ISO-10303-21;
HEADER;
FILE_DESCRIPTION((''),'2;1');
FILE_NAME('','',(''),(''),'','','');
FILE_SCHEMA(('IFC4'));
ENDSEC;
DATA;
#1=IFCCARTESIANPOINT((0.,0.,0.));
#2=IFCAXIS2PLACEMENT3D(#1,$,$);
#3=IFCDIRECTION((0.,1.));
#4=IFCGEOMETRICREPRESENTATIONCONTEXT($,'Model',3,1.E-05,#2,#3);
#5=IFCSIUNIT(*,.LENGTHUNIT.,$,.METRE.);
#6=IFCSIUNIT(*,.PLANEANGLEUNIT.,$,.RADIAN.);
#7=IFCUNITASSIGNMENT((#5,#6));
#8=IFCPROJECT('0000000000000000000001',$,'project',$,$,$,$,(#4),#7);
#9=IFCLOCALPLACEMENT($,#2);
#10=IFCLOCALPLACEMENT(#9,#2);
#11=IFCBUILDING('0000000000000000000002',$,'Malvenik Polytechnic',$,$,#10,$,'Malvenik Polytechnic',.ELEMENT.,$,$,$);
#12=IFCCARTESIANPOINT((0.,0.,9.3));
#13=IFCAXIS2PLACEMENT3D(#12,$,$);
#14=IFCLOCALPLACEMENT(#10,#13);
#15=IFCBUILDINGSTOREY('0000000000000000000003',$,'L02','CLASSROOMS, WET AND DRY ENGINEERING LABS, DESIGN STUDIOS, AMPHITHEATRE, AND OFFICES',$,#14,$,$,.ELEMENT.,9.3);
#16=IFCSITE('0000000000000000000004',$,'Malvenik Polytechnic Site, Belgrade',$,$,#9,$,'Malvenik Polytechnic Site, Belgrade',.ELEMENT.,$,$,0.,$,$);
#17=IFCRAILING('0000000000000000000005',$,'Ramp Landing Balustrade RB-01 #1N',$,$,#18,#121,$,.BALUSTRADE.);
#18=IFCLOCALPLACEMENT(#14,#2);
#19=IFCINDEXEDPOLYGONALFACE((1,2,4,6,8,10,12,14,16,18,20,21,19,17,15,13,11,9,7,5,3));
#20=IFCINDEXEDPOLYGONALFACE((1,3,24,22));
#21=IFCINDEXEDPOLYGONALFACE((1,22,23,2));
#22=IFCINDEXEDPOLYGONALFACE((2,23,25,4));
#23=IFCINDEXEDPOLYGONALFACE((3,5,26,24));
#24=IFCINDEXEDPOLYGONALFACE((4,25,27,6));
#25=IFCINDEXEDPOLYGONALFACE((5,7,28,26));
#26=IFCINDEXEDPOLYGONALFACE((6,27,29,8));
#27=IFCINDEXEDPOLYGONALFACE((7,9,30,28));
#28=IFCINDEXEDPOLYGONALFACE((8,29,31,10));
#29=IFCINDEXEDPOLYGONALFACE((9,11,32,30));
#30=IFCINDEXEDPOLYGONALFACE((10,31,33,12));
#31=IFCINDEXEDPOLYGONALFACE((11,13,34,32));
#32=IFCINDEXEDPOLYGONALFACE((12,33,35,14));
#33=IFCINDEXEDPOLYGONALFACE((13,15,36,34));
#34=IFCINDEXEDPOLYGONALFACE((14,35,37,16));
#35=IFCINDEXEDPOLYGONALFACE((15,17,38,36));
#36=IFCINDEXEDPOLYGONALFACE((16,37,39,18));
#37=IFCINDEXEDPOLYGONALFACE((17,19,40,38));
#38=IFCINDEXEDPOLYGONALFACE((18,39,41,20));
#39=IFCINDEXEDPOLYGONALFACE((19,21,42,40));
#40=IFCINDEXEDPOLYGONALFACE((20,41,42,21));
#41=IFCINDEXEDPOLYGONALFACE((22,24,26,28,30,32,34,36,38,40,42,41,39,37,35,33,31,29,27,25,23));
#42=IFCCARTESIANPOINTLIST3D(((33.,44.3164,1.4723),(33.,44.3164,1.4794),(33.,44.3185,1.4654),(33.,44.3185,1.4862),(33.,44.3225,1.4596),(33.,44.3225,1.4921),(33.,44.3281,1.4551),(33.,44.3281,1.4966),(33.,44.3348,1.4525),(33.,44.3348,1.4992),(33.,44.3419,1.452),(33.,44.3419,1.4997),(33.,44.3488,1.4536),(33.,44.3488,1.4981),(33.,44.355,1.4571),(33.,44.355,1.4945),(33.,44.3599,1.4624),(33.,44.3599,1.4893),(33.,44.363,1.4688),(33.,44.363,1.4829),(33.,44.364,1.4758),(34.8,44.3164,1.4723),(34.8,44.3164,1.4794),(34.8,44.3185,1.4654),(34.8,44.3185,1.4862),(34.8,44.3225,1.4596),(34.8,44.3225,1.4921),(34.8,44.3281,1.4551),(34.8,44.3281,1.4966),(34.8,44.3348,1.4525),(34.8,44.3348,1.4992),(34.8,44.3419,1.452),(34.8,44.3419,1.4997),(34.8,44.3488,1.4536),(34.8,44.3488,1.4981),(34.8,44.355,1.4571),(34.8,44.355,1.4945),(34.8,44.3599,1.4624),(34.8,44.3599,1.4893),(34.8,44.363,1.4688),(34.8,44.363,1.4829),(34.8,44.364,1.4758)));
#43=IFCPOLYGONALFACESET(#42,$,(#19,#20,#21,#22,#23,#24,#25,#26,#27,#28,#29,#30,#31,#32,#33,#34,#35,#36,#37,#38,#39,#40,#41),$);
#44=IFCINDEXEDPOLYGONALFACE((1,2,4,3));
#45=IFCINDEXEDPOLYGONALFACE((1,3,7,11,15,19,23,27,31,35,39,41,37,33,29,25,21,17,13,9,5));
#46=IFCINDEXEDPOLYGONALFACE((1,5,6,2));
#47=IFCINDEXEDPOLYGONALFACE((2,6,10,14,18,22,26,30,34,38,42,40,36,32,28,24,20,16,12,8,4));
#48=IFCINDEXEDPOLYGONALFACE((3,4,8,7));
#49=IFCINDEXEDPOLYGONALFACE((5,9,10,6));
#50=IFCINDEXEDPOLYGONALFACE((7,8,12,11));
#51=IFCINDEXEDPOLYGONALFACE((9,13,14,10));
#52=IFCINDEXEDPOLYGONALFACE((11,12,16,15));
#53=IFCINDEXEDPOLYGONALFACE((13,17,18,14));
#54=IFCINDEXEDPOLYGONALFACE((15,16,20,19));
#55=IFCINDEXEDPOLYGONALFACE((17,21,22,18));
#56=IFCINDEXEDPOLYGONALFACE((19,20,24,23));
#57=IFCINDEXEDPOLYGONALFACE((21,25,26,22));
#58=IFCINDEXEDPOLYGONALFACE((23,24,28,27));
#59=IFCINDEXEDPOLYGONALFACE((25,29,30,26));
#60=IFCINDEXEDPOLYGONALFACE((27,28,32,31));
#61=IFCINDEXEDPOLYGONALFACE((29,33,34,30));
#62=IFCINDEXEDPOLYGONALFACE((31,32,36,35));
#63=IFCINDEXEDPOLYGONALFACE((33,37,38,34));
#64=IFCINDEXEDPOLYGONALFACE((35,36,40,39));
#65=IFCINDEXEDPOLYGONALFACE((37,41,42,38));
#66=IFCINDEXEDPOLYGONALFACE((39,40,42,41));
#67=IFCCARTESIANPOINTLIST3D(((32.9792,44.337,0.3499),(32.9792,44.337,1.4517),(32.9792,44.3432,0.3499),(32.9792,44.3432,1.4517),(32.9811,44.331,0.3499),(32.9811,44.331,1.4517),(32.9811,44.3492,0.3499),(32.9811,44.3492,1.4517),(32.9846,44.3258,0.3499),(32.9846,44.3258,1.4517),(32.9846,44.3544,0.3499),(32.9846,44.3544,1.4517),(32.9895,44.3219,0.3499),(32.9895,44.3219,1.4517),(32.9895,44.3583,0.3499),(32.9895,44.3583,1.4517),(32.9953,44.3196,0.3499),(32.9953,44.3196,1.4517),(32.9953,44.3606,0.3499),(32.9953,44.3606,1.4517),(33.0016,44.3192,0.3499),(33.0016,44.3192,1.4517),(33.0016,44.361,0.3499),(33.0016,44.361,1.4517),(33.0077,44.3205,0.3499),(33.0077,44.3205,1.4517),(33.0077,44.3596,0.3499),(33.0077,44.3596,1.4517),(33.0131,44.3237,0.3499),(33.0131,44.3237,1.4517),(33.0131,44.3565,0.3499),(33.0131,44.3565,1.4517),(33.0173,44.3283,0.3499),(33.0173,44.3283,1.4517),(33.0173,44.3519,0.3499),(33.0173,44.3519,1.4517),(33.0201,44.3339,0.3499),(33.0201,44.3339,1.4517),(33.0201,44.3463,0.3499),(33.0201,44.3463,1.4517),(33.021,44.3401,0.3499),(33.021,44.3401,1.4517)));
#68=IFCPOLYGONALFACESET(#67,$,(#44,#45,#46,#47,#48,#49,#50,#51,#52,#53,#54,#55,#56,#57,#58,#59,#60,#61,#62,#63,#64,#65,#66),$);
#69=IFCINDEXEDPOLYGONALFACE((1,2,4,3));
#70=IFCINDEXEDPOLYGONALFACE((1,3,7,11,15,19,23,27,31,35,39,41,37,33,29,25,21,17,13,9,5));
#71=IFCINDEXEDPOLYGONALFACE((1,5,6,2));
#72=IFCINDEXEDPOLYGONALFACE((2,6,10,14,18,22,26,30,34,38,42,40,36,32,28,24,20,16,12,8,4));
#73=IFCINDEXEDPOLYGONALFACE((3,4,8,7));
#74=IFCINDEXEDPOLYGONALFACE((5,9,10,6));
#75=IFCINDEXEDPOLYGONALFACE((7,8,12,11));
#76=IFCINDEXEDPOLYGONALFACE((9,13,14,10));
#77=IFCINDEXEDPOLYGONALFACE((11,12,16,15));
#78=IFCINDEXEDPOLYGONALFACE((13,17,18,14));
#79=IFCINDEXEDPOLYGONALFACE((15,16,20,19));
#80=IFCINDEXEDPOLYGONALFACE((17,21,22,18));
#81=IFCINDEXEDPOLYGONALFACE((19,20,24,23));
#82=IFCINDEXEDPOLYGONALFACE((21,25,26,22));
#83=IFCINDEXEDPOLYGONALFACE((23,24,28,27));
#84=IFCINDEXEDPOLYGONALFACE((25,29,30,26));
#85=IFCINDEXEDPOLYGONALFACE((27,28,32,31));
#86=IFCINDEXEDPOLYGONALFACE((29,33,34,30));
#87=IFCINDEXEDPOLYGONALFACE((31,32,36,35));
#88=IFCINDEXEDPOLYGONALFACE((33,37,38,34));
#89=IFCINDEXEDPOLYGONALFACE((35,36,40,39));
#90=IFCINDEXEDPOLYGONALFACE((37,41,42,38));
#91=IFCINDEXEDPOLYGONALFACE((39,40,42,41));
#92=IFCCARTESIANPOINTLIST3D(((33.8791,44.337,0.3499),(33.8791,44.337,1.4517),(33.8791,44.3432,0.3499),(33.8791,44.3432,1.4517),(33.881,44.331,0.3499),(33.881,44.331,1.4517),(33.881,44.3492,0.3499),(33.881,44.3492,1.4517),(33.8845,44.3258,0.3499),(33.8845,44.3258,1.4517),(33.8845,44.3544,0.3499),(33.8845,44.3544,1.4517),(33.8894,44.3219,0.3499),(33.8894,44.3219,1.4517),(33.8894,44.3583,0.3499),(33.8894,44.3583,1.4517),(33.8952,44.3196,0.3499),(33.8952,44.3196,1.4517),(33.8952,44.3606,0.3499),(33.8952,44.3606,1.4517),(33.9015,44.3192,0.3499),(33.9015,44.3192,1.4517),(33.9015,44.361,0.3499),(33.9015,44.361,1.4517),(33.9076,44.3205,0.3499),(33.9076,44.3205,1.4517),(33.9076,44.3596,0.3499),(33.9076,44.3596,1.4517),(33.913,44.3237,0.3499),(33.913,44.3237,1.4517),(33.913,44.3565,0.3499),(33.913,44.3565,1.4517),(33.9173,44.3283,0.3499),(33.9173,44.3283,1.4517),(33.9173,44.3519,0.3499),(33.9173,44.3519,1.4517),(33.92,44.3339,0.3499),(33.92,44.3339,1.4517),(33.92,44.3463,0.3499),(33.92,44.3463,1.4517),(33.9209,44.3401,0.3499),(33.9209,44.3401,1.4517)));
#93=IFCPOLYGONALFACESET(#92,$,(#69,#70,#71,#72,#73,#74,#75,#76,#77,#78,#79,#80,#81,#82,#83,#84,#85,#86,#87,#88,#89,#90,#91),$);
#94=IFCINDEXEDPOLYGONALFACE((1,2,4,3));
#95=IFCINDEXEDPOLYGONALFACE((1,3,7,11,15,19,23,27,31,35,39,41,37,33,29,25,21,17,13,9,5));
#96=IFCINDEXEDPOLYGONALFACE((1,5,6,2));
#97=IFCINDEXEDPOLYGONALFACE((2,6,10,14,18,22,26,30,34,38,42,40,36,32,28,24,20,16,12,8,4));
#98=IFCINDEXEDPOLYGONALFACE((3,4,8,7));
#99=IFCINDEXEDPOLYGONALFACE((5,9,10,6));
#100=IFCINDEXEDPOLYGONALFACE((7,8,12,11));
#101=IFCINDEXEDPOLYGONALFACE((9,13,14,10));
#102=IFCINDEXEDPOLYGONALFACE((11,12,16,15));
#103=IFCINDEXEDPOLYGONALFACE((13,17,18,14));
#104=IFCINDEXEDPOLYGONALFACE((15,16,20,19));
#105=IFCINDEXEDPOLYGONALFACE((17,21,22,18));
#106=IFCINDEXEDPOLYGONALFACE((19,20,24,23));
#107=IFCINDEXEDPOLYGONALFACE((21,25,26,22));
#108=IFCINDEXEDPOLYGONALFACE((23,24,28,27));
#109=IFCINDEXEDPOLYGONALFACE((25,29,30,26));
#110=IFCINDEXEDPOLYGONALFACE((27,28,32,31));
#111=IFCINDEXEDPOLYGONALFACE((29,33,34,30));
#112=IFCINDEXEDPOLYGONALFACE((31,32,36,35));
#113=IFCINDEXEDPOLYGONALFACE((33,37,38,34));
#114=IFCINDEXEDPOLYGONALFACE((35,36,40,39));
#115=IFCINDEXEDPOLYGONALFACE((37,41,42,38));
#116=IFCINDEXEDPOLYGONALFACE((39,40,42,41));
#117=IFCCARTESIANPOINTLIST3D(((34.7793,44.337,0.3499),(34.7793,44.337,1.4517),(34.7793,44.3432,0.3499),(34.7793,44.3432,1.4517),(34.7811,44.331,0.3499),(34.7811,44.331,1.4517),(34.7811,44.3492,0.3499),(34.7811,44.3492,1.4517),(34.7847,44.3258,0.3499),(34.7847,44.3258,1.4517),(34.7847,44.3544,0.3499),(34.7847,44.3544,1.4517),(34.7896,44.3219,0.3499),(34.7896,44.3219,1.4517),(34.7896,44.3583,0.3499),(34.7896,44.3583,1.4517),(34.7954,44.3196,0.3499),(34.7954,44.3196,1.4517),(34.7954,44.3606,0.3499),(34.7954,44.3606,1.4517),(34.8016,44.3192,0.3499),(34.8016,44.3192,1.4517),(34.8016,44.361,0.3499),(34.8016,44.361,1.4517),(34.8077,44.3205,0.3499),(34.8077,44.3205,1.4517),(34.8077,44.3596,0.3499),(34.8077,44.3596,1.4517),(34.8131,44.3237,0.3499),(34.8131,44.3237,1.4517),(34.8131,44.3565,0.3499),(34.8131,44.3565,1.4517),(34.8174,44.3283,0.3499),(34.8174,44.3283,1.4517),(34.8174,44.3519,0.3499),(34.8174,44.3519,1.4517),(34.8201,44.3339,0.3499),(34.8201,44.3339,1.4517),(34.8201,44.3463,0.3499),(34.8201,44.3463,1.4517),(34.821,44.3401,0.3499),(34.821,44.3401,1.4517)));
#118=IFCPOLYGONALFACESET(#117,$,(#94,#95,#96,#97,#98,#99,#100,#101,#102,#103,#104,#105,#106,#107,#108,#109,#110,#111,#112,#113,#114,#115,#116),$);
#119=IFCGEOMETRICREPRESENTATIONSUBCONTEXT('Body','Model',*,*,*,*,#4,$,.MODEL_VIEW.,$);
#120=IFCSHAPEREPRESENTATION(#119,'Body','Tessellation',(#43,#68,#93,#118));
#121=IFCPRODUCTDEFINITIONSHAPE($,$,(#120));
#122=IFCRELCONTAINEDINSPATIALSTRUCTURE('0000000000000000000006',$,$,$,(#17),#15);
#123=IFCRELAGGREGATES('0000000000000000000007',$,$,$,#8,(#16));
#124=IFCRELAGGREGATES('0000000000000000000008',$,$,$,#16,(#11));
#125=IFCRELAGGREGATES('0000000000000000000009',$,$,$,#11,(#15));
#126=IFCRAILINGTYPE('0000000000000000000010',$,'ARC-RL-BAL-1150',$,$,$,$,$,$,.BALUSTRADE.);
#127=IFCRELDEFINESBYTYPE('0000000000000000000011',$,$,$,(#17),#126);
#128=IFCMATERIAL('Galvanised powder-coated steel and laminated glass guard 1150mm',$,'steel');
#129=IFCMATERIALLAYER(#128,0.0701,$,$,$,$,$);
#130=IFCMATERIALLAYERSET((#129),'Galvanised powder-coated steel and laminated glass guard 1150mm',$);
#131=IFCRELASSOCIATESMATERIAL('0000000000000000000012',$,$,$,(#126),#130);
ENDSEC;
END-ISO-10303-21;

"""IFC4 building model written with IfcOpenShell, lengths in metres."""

from ifc_helpers import new_model, si_unit, direction, frame, origin, origin_2d, place, context, subcontext, project, spatial, circle, extrude, material, layer, layer_set, type_object, element, save


model = new_model("IFC4")

# Units and contexts
model_context = context("Model", 3, precision=1e-05, world=origin(), true_north=direction((0.0, 1.0)))
body_context = subcontext(model_context, "Body", "Model", "MODEL_VIEW")
ifc_project = project(units=[si_unit("LENGTHUNIT", "METRE"), si_unit("PLANEANGLEUNIT", "RADIAN")], contexts=[model_context])

# Site, building, storey
site_placement = place(None, origin())
site = spatial("IfcSite", under=ifc_project, at=site_placement, Name="Malvenik Polytechnic Site, Belgrade", LongName="Malvenik Polytechnic Site, Belgrade", CompositionType="ELEMENT", RefElevation=0.0)
building_placement = place(site_placement, origin())
building = spatial("IfcBuilding", under=site, at=building_placement, Name="Malvenik Polytechnic", LongName="Malvenik Polytechnic", CompositionType="ELEMENT")
storey_placement = place(building_placement, frame((0.0, 0.0, 9.3)))
storey = spatial("IfcBuildingStorey", under=building, at=storey_placement, Name="L02", Description="CLASSROOMS, WET AND DRY ENGINEERING LABS, DESIGN STUDIOS, AMPHITHEATRE, AND OFFICES", CompositionType="ELEMENT", Elevation=9.3)

# Railing
ifc_material_1 = material(Name="Galvanised powder-coated steel and laminated glass guard 1150mm", Category="steel")
ifc_layer_1 = layer(ifc_material_1, 0.0701)
ifc_layer_set_1 = layer_set([ifc_layer_1], Name="Galvanised powder-coated steel and laminated glass guard 1150mm")
railing_type_1 = type_object("IfcRailingType", Name="ARC-RL-BAL-1150", PredefinedType="BALUSTRADE", material=ifc_layer_set_1)
railing_1_placement = place(storey_placement, frame((33.0, 44.3401, 0.3499)))
element("IfcRailing", 1, at=railing_1_placement, inside=storey, type_object=railing_type_1, Name="Ramp Landing Balustrade RB-01 #1N", PredefinedType="BALUSTRADE", context=body_context, shape_type="SweptSolid", body=[
    extrude(circle(Radius=0.0239, at=origin_2d()), frame((0.0, 0.0, 1.126), z_axis=(1.0, 0.0, 0.0), x_axis=(0.0, 1.0, 0.0)), (0.0, 0.0, 1.0), 1.8),
    extrude(circle(Radius=0.021, at=origin_2d()), origin(), (0.0, 0.0, 1.0), 1.1018),
    extrude(circle(Radius=0.021, at=origin_2d()), frame((0.8999, 0.0, 0.0)), (0.0, 0.0, 1.0), 1.1018),
    extrude(circle(Radius=0.021, at=origin_2d()), frame((1.8, 0.0, 0.0)), (0.0, 0.0, 1.0), 1.1018),
])

save(model, "model.ifc")
